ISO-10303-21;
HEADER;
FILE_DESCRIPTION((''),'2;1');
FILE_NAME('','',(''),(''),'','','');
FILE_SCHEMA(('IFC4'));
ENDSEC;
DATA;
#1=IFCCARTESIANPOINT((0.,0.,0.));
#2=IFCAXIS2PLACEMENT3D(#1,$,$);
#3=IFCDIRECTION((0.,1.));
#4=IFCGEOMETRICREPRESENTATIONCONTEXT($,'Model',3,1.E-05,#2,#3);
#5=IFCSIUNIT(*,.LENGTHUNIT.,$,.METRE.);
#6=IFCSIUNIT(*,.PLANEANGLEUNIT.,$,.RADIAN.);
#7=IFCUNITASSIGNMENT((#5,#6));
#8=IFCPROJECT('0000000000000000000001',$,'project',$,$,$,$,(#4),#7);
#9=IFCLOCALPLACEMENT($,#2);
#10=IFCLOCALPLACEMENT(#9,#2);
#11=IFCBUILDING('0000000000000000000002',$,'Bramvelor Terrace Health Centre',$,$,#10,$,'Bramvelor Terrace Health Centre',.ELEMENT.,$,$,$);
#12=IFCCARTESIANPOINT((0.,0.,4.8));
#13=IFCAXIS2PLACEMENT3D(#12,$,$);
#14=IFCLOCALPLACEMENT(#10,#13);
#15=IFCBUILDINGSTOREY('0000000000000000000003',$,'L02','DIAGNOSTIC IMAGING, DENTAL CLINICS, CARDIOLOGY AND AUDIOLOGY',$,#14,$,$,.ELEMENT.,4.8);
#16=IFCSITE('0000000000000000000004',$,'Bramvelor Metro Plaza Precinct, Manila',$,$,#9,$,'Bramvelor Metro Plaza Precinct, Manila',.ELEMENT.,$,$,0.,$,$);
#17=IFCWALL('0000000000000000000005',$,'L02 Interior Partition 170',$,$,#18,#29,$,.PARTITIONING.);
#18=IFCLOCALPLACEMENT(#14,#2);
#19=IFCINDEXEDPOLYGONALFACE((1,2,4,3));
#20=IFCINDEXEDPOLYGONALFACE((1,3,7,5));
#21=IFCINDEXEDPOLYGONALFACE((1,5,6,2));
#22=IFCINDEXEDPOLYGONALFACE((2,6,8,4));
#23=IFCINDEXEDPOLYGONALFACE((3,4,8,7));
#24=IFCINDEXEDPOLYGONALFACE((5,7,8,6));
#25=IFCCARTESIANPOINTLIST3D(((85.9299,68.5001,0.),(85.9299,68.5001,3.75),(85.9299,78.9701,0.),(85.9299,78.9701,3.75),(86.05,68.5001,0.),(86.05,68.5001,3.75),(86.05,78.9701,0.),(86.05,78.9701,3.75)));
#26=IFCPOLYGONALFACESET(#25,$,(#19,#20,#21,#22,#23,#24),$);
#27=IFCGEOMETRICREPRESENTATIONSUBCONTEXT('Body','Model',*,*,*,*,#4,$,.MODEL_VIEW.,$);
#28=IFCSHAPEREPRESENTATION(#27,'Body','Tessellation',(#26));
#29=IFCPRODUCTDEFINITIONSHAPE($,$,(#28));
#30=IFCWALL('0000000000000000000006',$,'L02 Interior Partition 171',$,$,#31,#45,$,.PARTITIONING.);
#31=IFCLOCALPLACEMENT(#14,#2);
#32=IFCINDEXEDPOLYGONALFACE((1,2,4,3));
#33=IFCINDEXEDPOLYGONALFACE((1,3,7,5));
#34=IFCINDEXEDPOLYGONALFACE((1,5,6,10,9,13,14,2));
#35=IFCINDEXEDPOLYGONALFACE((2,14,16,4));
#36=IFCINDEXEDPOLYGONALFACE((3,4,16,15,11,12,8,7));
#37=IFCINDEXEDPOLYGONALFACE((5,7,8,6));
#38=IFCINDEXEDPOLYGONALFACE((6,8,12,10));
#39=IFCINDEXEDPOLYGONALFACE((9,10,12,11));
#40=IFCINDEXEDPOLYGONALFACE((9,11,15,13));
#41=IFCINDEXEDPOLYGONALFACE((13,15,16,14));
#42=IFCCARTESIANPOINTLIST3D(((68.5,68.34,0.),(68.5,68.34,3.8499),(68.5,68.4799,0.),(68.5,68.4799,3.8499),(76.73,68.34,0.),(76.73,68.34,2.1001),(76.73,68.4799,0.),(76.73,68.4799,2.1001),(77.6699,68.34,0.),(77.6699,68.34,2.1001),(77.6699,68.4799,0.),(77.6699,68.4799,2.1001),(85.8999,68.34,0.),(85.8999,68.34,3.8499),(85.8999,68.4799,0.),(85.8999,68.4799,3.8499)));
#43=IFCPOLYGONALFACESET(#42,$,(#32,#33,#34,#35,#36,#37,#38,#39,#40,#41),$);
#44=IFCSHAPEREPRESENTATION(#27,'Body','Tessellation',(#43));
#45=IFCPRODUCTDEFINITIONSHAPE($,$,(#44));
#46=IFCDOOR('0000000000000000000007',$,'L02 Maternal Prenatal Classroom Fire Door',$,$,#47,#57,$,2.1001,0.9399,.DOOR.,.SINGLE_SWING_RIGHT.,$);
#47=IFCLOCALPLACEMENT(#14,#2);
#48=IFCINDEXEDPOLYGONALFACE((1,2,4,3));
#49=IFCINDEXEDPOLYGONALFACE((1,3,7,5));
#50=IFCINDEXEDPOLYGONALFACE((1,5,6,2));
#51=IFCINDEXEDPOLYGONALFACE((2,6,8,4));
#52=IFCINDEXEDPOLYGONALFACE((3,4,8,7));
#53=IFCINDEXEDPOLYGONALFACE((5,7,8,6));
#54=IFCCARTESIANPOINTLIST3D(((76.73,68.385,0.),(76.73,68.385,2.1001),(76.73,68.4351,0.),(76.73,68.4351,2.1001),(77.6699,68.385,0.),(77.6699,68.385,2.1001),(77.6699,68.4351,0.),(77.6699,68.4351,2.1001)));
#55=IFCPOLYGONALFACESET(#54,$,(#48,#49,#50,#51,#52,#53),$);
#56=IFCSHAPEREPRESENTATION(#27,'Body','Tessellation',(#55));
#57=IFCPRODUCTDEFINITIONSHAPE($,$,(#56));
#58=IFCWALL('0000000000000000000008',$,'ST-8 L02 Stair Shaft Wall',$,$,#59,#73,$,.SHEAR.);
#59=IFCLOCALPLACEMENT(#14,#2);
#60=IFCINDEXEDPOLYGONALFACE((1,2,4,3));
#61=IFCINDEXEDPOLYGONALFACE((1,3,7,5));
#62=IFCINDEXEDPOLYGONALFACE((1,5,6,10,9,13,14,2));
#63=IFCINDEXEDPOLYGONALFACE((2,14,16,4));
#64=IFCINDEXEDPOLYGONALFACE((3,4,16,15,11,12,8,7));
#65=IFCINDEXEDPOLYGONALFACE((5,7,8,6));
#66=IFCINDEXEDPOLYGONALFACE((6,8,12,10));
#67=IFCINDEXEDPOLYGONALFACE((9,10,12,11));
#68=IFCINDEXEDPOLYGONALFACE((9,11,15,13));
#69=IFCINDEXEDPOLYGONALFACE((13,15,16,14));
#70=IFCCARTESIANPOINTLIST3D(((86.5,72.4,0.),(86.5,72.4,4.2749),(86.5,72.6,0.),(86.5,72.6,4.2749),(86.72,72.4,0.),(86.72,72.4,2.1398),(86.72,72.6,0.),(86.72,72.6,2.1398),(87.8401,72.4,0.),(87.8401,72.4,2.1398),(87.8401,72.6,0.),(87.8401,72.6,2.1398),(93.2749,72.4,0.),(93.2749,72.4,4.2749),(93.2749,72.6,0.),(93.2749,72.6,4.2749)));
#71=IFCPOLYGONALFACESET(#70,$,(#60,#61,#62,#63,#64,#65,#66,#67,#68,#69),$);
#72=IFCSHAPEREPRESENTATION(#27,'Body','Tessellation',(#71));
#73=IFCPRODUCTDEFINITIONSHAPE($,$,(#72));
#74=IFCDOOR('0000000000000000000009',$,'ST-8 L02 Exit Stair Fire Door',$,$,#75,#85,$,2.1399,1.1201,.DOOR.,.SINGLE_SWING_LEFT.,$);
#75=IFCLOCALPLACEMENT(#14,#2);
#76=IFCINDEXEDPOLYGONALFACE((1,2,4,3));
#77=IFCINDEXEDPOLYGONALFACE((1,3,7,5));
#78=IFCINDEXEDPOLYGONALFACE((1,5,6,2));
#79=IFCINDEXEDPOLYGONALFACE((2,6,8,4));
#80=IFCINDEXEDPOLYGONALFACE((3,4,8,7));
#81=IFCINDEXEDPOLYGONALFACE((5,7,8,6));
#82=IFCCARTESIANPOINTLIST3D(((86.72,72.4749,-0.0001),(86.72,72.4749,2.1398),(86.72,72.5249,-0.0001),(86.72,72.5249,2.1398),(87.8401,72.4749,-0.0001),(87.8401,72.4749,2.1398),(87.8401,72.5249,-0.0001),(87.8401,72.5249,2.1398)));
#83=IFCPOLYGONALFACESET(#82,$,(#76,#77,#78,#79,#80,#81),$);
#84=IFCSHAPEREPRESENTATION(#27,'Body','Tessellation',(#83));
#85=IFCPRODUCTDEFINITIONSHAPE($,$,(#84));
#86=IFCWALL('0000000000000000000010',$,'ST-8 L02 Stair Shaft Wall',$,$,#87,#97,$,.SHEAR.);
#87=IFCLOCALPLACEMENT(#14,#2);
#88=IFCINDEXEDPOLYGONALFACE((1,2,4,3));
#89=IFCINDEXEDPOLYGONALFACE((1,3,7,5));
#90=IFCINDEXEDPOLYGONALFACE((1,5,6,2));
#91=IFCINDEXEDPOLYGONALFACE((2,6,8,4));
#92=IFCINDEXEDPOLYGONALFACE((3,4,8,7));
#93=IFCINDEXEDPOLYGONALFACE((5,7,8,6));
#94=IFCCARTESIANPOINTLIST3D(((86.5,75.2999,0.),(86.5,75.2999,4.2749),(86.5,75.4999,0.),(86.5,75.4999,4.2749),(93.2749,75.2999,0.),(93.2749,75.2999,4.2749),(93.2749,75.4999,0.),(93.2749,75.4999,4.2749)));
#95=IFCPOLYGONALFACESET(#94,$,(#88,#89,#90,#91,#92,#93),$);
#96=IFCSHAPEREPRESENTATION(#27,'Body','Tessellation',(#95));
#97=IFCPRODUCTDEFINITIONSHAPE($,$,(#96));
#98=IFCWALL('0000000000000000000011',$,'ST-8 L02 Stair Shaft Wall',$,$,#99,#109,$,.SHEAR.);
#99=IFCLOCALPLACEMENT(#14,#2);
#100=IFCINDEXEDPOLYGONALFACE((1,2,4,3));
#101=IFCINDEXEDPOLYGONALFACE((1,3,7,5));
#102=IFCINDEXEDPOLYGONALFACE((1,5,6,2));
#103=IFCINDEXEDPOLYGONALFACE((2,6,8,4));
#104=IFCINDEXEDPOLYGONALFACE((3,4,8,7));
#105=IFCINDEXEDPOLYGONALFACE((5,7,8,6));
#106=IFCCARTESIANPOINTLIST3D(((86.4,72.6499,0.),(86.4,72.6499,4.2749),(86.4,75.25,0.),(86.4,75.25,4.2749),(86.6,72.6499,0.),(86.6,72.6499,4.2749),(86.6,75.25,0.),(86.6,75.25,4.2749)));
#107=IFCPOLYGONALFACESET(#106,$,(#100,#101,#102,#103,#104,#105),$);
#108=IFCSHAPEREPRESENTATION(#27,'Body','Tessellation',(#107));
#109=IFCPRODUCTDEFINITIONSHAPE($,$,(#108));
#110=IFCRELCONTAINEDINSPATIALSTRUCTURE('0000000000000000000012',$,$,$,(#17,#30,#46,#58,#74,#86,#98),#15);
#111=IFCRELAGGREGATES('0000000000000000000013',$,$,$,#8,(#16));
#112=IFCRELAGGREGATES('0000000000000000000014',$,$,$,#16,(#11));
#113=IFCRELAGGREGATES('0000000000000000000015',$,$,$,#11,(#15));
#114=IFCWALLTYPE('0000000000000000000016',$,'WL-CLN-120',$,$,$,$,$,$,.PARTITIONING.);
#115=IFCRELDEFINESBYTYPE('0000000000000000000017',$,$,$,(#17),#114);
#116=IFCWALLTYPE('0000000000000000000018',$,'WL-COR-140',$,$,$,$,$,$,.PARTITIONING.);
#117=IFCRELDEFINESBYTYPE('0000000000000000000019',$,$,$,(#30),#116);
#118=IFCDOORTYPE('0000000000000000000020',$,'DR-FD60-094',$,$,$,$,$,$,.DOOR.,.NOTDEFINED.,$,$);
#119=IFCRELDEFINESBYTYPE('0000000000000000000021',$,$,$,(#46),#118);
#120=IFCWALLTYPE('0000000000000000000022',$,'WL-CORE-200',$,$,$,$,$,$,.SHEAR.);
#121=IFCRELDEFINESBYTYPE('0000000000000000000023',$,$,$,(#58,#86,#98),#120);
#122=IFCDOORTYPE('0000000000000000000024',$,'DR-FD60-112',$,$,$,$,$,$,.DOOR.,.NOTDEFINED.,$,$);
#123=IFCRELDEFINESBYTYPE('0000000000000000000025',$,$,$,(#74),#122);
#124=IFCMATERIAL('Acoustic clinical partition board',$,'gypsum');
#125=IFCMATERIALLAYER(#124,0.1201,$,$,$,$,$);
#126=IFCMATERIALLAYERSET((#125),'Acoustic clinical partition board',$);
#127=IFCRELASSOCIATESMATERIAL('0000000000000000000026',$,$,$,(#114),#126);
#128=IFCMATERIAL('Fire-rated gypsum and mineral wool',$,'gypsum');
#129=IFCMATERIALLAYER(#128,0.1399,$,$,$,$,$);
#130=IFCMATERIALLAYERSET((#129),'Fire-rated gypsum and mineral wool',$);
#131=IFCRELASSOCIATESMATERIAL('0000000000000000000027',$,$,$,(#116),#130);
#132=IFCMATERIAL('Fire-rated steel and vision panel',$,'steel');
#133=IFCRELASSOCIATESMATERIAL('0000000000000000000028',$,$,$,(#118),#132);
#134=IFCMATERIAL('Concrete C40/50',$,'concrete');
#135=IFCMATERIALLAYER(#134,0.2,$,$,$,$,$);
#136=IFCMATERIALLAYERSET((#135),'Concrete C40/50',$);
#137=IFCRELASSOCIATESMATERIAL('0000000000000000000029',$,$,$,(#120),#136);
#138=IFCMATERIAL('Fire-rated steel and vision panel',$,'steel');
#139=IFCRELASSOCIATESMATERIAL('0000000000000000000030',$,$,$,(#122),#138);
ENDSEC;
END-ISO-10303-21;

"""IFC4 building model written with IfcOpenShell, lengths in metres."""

from ifc_helpers import new_model, si_unit, direction, frame, frame_2d, origin, place, context, subcontext, project, spatial, rectangle, extrude, material, layer, layer_set, type_object, element, fill, save


model = new_model("IFC4")

# Units and contexts
model_context = context("Model", 3, precision=1e-05, world=origin(), true_north=direction((0.0, 1.0)))
body_context = subcontext(model_context, "Body", "Model", "MODEL_VIEW")
ifc_project = project(units=[si_unit("LENGTHUNIT", "METRE"), si_unit("PLANEANGLEUNIT", "RADIAN")], contexts=[model_context])

# Site, building, storey
site_placement = place(None, origin())
site = spatial("IfcSite", under=ifc_project, at=site_placement, Name="Bramvelor Metro Plaza Precinct, Manila", LongName="Bramvelor Metro Plaza Precinct, Manila", CompositionType="ELEMENT", RefElevation=0.0)
building_placement = place(site_placement, origin())
building = spatial("IfcBuilding", under=site, at=building_placement, Name="Bramvelor Terrace Health Centre", LongName="Bramvelor Terrace Health Centre", CompositionType="ELEMENT")
storey_placement = place(building_placement, frame((0.0, 0.0, 4.8)))
storey = spatial("IfcBuildingStorey", under=building, at=storey_placement, Name="L02", Description="DIAGNOSTIC IMAGING, DENTAL CLINICS, CARDIOLOGY AND AUDIOLOGY", CompositionType="ELEMENT", Elevation=4.8)

# Wall
ifc_material_1 = material(Name="Acoustic clinical partition board", Category="gypsum")
ifc_layer_1 = layer(ifc_material_1, 0.1201)
ifc_layer_set_1 = layer_set([ifc_layer_1], Name="Acoustic clinical partition board")
wall_type_1 = type_object("IfcWallType", Name="WL-CLN-120", PredefinedType="PARTITIONING", material=ifc_layer_set_1)
wall_1_placement = place(storey_placement, frame((85.99, 78.97, 0.0), z_axis=(0.0, 0.0, 1.0), x_axis=(0.0, -1.0, 0.0)))
element("IfcWall", 1, at=wall_1_placement, inside=storey, type_object=wall_type_1, Name="L02 Interior Partition 170", PredefinedType="PARTITIONING", context=body_context, shape_type="SweptSolid", body=[
    extrude(rectangle(XDim=10.47, YDim=0.1201, at=frame_2d((5.2349, 0.0))), origin(), (0.0, 0.0, 1.0), 3.75),
])

# Walls, openings, doors
ifc_material_2 = material(Name="Fire-rated gypsum and mineral wool", Category="gypsum")
ifc_layer_2 = layer(ifc_material_2, 0.1399)
ifc_layer_set_2 = layer_set([ifc_layer_2], Name="Fire-rated gypsum and mineral wool")
wall_type_2 = type_object("IfcWallType", Name="WL-COR-140", PredefinedType="PARTITIONING", material=ifc_layer_set_2)
wall_2_placement = place(storey_placement, frame((85.8999, 68.4099, 0.0), z_axis=(0.0, 0.0, 1.0), x_axis=(-1.0, 0.0, 0.0)))
wall_2 = element("IfcWall", 2, at=wall_2_placement, inside=storey, type_object=wall_type_2, Name="L02 Interior Partition 171", PredefinedType="PARTITIONING", context=body_context, shape_type="SweptSolid", body=[
    extrude(rectangle(XDim=17.3999, YDim=0.1399, at=frame_2d((8.7, 0.0))), origin(), (0.0, 0.0, 1.0), 3.8499),
])
opening_1_placement = place(wall_2_placement, frame((8.23, 0.0, 0.0)))
opening_1 = element("IfcOpeningElement", 3, at=opening_1_placement, cuts=wall_2, PredefinedType="OPENING", context=body_context, shape_type="SweptSolid", body=[
    extrude(rectangle(XDim=0.9399, YDim=2.1001, at=frame_2d((0.47, 1.05))), frame((0.0, 0.0798, 0.0), z_axis=(0.0, -1.0, 0.0), x_axis=(1.0, 0.0, 0.0)), (0.0, 0.0, 1.0), 0.1599),
])
ifc_material_3 = material(Name="Fire-rated steel and vision panel", Category="steel")
door_type_1 = type_object("IfcDoorType", Name="DR-FD60-094", OperationType="NOTDEFINED", PredefinedType="DOOR", material=ifc_material_3)
door_1_placement = place(opening_1_placement, origin())
door_1 = element("IfcDoor", 4, at=door_1_placement, inside=storey, type_object=door_type_1, Name="L02 Maternal Prenatal Classroom Fire Door", OperationType="SINGLE_SWING_RIGHT", OverallHeight=2.1001, OverallWidth=0.9399, PredefinedType="DOOR", context=body_context, shape_type="SweptSolid", body=[
    extrude(rectangle(XDim=0.9399, YDim=2.1001, at=frame_2d((0.47, 1.05))), frame((0.0, 0.0249, 0.0), z_axis=(0.0, -1.0, 0.0), x_axis=(1.0, 0.0, 0.0)), (0.0, 0.0, 1.0), 0.05),
])
fill(opening_1, door_1)
ifc_material_4 = material(Name="Concrete C40/50", Category="concrete")
ifc_layer_3 = layer(ifc_material_4, 0.2)
ifc_layer_set_3 = layer_set([ifc_layer_3], Name="Concrete C40/50")
wall_type_3 = type_object("IfcWallType", Name="WL-CORE-200", PredefinedType="SHEAR", material=ifc_layer_set_3)
wall_3_placement = place(storey_placement, frame((86.5, 72.5, 0.0), z_axis=(0.0, 0.0, 1.0), x_axis=(1.0, 0.0, 0.0)))
wall_3 = element("IfcWall", 5, at=wall_3_placement, inside=storey, type_object=wall_type_3, Name="ST-8 L02 Stair Shaft Wall", PredefinedType="SHEAR", context=body_context, shape_type="SweptSolid", body=[
    extrude(rectangle(XDim=6.7749, YDim=0.2, at=frame_2d((3.3875, 0.0))), origin(), (0.0, 0.0, 1.0), 4.2749),
])
opening_2_placement = place(wall_3_placement, frame((0.22, 0.0, 0.0)))
opening_2 = element("IfcOpeningElement", 6, at=opening_2_placement, cuts=wall_3, PredefinedType="OPENING", context=body_context, shape_type="SweptSolid", body=[
    extrude(rectangle(XDim=1.1201, YDim=2.1399, at=frame_2d((0.5601, 1.0698))), frame((0.0, 0.1099, 0.0), z_axis=(0.0, -1.0, 0.0), x_axis=(1.0, 0.0, 0.0)), (0.0, 0.0, 1.0), 0.22),
])
ifc_material_5 = material(Name="Fire-rated steel and vision panel", Category="steel")
door_type_2 = type_object("IfcDoorType", Name="DR-FD60-112", OperationType="NOTDEFINED", PredefinedType="DOOR", material=ifc_material_5)
door_2_placement = place(opening_2_placement, origin())
door_2 = element("IfcDoor", 7, at=door_2_placement, inside=storey, type_object=door_type_2, Name="ST-8 L02 Exit Stair Fire Door", OperationType="SINGLE_SWING_LEFT", OverallHeight=2.1399, OverallWidth=1.1201, PredefinedType="DOOR", context=body_context, shape_type="SweptSolid", body=[
    extrude(rectangle(XDim=1.1201, YDim=2.1399, at=frame_2d((0.5601, 1.0698))), frame((0.0, 0.0249, 0.0), z_axis=(0.0, -1.0, 0.0), x_axis=(1.0, 0.0, 0.0)), (0.0, 0.0, 1.0), 0.05),
])
fill(opening_2, door_2)

# Walls
wall_4_placement = place(storey_placement, frame((86.5, 75.3999, 0.0), z_axis=(0.0, 0.0, 1.0), x_axis=(1.0, 0.0, 0.0)))
element("IfcWall", 8, at=wall_4_placement, inside=storey, type_object=wall_type_3, Name="ST-8 L02 Stair Shaft Wall", PredefinedType="SHEAR", context=body_context, shape_type="SweptSolid", body=[
    extrude(rectangle(XDim=6.7749, YDim=0.2, at=frame_2d((3.3875, 0.0))), origin(), (0.0, 0.0, 1.0), 4.2749),
])
wall_5_placement = place(storey_placement, frame((86.5, 72.6499, 0.0), z_axis=(0.0, 0.0, 1.0), x_axis=(0.0, 1.0, 0.0)))
element("IfcWall", 9, at=wall_5_placement, inside=storey, type_object=wall_type_3, Name="ST-8 L02 Stair Shaft Wall", PredefinedType="SHEAR", context=body_context, shape_type="SweptSolid", body=[
    extrude(rectangle(XDim=2.6001, YDim=0.2, at=frame_2d((1.3, 0.0))), origin(), (0.0, 0.0, 1.0), 4.2749),
])

save(model, "model.ifc")
